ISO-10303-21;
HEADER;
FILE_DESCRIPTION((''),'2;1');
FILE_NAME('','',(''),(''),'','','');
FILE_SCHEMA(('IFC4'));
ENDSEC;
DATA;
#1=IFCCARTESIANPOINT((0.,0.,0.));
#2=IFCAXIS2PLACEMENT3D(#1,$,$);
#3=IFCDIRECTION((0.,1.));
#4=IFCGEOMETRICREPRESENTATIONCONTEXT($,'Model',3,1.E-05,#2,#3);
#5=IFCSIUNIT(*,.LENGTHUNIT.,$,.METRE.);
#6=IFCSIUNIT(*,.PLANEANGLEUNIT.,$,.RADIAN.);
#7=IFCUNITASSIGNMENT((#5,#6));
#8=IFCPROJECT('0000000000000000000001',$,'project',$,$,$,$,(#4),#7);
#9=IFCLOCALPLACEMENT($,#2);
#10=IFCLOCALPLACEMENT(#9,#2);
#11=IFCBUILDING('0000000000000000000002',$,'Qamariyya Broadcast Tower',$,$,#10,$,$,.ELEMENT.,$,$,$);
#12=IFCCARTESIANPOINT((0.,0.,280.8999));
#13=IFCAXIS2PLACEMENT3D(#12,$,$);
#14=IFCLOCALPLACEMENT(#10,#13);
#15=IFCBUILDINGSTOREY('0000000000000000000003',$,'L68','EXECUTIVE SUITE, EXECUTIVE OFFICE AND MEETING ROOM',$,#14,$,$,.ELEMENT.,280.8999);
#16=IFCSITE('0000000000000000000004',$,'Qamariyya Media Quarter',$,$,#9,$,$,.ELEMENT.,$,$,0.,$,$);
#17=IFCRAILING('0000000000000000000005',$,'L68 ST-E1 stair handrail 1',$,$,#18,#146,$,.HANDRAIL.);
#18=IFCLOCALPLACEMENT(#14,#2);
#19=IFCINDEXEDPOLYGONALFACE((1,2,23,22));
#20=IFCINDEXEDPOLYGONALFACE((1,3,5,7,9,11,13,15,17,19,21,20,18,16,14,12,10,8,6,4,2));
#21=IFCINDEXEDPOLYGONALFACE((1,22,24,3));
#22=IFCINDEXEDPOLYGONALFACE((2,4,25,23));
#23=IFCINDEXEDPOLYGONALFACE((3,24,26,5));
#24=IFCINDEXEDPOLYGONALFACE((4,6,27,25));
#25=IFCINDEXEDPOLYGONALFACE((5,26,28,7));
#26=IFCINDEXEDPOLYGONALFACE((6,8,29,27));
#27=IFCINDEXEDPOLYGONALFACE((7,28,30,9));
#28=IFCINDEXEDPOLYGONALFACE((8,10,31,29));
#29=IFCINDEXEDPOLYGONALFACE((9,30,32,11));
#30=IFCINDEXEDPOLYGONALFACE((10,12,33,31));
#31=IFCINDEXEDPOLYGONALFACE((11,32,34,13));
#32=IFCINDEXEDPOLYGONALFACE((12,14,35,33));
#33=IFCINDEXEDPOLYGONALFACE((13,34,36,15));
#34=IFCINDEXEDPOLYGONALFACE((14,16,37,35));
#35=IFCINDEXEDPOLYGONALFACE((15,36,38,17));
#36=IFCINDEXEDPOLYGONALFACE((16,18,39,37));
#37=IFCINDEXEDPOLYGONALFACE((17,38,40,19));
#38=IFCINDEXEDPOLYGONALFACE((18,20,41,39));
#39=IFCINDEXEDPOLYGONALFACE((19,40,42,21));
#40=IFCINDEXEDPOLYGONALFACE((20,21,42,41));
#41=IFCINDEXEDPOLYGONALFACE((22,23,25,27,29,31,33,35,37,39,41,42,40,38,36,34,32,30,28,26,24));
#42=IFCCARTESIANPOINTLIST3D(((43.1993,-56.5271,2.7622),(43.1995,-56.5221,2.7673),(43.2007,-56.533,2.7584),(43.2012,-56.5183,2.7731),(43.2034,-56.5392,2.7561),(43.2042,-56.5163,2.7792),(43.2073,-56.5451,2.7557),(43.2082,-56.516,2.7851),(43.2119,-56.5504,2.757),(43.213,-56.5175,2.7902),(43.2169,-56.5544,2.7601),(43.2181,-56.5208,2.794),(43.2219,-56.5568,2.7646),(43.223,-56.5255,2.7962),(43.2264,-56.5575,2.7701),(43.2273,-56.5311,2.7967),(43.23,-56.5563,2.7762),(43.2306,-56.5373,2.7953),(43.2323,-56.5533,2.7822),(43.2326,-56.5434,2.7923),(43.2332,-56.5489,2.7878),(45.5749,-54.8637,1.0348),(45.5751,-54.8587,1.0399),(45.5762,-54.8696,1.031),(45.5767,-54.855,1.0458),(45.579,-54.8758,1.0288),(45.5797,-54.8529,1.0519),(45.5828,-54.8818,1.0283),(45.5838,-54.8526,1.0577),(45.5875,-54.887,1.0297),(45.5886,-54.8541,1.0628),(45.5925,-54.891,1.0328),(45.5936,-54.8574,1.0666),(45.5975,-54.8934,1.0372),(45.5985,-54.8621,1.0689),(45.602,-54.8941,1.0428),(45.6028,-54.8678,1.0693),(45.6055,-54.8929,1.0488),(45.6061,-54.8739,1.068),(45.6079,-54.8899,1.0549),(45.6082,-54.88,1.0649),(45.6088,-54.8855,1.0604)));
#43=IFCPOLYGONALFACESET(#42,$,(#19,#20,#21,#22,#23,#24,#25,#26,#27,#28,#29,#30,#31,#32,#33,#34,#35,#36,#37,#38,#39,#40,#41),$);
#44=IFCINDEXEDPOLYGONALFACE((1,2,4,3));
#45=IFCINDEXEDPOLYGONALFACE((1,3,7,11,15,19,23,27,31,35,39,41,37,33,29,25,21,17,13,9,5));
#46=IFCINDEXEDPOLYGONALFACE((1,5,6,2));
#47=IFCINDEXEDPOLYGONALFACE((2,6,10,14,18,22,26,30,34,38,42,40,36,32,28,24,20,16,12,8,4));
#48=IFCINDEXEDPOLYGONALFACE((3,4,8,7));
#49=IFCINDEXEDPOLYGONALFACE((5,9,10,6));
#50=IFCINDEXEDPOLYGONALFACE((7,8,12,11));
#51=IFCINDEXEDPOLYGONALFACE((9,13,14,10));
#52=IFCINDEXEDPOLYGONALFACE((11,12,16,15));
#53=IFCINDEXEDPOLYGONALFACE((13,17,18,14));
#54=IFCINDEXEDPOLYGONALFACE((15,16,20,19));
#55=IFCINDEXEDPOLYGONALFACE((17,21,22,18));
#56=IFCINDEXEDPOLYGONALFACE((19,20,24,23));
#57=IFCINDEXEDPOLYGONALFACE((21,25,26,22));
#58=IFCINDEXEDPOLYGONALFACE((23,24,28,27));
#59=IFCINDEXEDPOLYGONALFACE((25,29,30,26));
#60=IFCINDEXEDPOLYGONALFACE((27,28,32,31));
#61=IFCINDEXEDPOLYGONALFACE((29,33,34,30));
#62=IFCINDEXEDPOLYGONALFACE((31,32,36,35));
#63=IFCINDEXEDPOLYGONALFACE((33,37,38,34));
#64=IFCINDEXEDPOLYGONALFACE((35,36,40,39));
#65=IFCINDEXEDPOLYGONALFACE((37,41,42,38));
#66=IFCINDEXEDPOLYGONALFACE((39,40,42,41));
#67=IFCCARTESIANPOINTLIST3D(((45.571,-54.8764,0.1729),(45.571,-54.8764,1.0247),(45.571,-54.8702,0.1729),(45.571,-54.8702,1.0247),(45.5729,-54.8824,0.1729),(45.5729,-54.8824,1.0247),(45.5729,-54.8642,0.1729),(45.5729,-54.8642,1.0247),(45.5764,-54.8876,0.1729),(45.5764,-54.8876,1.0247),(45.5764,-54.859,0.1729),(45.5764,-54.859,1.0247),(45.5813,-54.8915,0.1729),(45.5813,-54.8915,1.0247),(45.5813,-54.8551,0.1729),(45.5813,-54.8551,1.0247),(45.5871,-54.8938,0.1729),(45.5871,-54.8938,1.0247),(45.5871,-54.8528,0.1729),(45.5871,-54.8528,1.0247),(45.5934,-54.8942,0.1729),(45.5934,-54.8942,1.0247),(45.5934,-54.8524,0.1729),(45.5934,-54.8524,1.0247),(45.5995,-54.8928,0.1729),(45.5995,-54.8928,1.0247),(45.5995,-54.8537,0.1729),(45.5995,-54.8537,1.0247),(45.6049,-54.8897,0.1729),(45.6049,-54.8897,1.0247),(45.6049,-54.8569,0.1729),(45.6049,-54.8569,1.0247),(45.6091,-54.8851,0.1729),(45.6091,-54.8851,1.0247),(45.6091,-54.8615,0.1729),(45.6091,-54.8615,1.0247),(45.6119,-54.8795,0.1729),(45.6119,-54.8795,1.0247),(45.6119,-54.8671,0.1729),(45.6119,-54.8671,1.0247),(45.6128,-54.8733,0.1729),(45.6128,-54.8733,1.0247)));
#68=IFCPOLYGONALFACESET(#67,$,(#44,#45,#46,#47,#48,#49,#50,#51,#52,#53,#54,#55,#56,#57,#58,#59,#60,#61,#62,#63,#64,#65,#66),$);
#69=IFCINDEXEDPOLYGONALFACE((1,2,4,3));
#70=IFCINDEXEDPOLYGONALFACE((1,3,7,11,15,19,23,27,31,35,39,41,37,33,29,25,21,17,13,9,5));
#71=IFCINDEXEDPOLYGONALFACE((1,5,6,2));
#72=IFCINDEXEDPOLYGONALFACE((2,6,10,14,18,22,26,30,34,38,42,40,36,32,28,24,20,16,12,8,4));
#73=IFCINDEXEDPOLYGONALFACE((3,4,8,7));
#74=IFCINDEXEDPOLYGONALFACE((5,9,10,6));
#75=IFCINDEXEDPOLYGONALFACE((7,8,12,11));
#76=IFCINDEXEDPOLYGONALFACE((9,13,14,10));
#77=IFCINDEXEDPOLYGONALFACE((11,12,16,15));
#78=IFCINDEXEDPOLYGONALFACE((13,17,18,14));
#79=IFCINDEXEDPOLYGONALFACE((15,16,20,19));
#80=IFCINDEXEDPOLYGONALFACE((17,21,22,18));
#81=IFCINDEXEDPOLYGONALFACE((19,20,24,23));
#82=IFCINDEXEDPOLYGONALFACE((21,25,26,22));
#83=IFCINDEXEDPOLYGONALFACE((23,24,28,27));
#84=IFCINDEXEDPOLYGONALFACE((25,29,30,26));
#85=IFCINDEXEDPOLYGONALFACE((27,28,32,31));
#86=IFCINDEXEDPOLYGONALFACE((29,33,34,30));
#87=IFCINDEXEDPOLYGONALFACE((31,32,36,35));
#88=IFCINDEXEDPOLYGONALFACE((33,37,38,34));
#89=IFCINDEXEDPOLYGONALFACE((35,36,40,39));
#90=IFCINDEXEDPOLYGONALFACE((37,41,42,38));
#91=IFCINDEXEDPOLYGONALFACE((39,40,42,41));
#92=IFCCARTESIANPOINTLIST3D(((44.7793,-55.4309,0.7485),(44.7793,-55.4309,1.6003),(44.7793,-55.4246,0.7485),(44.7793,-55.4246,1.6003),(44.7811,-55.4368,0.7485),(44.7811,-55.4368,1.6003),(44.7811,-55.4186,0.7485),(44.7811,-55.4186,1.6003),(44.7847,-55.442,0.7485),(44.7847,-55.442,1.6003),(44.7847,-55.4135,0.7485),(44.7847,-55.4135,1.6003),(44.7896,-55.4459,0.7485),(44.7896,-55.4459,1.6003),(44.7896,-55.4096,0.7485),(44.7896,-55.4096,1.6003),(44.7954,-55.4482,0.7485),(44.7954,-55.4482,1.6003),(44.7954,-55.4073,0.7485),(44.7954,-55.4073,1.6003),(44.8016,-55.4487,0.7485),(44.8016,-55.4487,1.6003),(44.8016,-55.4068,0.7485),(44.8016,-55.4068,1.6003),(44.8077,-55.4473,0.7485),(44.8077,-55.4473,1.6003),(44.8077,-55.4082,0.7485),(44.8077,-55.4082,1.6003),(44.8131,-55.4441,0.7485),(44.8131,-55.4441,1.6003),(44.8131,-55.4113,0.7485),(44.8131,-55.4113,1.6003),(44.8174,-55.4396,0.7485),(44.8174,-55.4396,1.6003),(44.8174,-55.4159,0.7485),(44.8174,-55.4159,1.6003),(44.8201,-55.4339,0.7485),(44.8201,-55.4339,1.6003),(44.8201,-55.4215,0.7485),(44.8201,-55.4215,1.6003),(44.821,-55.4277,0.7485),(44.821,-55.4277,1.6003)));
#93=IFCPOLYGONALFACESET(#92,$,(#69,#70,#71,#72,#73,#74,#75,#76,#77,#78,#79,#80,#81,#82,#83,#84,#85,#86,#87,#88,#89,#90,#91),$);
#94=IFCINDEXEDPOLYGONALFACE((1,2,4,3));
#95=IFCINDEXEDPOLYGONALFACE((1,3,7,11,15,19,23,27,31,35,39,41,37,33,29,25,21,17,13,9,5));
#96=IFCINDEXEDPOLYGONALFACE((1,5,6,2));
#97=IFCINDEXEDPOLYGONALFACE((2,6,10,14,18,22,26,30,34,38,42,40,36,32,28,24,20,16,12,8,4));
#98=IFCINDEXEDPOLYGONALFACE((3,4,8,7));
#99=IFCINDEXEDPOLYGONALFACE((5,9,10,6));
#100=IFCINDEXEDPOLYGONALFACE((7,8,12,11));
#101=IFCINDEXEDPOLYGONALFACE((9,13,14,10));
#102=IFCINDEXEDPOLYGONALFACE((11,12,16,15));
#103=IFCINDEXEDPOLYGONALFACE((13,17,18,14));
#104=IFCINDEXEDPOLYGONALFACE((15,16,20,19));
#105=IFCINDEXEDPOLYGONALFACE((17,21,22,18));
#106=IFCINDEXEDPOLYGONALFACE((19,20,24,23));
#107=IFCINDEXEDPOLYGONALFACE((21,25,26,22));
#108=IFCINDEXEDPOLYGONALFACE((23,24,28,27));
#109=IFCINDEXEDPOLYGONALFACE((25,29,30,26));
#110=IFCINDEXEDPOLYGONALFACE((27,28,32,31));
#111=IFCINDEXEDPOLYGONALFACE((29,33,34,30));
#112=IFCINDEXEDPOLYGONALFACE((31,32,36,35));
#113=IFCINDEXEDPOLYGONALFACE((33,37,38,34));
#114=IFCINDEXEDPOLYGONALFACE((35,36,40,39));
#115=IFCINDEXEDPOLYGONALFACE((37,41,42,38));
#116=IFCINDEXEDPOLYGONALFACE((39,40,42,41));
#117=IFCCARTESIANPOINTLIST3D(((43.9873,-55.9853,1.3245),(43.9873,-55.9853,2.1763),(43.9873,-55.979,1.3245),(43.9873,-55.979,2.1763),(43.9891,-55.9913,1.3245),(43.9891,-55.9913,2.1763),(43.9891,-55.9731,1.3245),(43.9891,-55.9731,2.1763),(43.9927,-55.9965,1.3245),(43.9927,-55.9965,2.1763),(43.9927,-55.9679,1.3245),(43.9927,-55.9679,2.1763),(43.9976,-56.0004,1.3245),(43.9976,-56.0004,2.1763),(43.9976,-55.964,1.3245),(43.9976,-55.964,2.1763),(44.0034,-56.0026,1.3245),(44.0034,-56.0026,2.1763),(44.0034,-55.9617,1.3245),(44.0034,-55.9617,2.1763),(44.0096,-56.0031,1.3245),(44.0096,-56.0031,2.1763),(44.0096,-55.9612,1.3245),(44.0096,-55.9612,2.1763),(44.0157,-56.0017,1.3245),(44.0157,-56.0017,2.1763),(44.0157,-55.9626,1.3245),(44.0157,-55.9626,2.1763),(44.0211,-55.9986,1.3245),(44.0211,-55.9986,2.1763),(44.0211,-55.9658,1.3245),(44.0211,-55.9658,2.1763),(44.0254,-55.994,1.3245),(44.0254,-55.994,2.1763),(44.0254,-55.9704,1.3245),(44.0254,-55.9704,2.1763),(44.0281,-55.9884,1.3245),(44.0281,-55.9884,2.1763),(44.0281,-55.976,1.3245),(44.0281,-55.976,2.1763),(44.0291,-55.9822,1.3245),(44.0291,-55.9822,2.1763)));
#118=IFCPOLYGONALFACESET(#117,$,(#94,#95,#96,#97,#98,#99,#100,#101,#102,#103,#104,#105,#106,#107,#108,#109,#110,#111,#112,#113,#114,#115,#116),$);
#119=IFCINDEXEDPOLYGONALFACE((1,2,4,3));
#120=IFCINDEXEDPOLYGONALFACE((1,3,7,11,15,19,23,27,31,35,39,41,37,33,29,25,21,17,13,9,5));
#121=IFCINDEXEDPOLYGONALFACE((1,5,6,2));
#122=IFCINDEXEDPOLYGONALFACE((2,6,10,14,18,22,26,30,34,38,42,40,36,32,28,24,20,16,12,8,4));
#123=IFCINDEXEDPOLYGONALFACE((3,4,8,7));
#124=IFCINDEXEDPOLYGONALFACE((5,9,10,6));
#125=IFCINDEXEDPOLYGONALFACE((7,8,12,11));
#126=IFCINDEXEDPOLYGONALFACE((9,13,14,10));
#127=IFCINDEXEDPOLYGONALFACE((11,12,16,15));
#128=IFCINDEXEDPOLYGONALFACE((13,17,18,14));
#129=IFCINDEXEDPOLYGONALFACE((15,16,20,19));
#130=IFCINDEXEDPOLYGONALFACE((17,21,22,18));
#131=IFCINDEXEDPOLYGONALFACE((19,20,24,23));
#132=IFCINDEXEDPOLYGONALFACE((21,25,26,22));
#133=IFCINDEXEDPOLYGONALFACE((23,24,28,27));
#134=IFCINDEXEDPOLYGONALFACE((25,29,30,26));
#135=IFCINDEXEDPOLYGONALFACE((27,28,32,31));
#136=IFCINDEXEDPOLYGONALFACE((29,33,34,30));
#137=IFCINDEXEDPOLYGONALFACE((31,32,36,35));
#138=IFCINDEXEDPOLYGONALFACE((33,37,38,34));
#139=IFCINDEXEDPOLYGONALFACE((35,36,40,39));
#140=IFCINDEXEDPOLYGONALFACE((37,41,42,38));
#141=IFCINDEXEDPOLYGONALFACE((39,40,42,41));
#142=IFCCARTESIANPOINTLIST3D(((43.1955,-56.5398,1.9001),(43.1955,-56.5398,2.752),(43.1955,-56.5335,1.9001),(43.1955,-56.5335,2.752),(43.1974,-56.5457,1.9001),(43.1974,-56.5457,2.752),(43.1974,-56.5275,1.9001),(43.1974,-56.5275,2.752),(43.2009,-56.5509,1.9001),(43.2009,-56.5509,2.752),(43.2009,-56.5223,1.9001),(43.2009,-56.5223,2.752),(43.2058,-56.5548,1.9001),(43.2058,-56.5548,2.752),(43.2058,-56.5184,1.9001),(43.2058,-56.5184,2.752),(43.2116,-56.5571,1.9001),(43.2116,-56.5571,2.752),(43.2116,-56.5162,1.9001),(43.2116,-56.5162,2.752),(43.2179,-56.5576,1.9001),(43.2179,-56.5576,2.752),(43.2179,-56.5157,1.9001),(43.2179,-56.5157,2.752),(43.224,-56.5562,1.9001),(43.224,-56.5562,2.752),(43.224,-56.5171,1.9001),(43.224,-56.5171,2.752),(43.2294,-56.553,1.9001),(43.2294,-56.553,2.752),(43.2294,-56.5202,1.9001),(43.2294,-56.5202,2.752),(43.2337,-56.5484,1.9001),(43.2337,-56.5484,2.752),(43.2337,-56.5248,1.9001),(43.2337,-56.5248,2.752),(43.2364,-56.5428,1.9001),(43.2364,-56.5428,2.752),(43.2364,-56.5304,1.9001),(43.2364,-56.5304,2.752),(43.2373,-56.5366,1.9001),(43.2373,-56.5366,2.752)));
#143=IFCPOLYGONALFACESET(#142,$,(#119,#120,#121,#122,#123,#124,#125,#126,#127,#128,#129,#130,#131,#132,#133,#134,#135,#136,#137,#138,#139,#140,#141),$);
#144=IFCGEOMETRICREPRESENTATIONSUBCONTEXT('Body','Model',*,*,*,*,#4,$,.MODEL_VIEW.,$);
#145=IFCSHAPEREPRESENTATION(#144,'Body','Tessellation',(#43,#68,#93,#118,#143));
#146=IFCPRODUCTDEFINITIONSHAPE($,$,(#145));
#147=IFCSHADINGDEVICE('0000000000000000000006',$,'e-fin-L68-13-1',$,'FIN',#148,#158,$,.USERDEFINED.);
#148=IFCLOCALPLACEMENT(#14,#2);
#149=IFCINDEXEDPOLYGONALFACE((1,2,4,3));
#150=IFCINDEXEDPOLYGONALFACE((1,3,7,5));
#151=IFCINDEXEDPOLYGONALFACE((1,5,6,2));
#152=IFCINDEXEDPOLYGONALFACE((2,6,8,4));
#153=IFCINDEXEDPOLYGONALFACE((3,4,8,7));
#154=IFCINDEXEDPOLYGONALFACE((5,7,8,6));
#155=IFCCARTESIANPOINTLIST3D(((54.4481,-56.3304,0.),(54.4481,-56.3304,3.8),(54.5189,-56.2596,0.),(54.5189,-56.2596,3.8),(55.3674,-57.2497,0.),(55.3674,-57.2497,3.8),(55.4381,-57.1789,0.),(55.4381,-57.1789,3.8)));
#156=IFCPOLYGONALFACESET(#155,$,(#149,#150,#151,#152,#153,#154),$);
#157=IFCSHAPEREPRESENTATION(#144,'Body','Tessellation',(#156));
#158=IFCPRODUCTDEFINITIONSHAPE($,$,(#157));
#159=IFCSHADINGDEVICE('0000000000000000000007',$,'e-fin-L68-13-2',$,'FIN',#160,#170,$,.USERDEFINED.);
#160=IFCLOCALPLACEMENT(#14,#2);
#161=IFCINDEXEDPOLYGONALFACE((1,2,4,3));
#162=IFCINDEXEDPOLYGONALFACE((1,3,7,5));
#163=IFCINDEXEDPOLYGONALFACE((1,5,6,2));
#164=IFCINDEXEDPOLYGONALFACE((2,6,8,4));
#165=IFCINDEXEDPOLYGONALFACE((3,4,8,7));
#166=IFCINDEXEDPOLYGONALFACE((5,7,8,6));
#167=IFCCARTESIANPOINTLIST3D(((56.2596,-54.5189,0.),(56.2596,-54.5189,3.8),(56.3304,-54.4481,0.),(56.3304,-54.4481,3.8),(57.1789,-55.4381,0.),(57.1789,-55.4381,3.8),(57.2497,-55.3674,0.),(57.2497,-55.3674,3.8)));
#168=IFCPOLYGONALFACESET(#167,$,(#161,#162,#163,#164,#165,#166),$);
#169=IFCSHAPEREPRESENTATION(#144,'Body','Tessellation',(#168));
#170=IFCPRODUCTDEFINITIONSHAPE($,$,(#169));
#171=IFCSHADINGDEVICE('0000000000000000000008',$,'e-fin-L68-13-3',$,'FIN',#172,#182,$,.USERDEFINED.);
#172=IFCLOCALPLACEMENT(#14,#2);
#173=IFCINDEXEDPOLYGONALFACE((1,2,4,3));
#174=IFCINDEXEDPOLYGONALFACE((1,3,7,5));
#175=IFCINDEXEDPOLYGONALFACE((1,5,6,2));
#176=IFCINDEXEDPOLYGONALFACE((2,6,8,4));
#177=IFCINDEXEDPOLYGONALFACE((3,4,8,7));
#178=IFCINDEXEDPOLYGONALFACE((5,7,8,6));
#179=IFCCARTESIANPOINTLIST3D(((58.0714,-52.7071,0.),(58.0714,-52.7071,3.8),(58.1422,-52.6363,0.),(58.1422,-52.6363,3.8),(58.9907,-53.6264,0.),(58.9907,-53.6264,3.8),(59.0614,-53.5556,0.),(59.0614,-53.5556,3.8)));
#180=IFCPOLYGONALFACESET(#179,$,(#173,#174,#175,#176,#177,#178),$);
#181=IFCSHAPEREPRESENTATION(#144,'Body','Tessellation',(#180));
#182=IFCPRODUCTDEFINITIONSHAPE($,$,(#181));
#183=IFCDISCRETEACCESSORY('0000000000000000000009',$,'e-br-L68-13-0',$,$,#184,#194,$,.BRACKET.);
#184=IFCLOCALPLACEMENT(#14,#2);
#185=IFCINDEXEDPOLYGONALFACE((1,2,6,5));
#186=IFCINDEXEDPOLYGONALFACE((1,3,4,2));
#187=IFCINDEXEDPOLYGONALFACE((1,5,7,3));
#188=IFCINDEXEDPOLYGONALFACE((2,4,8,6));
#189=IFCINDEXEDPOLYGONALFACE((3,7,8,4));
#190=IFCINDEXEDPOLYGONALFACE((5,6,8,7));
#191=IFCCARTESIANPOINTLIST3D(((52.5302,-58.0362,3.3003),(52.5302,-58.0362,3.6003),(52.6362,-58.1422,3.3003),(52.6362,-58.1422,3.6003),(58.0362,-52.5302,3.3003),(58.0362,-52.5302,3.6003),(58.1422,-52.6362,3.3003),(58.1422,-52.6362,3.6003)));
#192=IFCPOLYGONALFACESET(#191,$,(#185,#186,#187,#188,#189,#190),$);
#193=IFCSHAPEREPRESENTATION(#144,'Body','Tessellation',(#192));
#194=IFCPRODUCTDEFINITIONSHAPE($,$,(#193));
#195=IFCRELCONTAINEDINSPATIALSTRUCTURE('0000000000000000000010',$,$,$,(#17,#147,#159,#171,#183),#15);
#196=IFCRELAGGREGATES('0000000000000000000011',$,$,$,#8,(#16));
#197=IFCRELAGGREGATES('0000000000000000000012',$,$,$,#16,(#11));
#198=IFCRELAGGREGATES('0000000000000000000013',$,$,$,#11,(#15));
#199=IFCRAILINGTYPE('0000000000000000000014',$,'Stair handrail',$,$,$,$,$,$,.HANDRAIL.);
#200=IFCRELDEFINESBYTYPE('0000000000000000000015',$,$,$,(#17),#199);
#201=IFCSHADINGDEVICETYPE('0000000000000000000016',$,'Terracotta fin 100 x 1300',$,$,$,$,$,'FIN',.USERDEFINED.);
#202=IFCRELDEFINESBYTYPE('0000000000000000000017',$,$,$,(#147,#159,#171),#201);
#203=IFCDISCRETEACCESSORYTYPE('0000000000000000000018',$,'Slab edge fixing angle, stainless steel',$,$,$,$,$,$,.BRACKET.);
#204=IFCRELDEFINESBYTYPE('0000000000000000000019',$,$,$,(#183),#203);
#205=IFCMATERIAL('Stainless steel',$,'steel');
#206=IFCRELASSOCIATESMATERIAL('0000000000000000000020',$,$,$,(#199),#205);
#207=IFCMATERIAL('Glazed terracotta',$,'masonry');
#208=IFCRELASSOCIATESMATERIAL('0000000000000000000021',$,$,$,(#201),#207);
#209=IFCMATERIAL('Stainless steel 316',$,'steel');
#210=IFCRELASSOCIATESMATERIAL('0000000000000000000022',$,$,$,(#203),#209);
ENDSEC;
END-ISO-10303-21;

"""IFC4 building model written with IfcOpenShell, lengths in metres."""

from ifc_helpers import new_model, si_unit, direction, frame, origin, origin_2d, place, context, subcontext, project, spatial, rectangle, circle, extrude, material, material_profile, profile_set, type_object, element, save


model = new_model("IFC4")

# Units and contexts
model_context = context("Model", 3, precision=1e-05, world=origin(), true_north=direction((0.0, 1.0)))
body_context = subcontext(model_context, "Body", "Model", "MODEL_VIEW")
ifc_project = project(units=[si_unit("LENGTHUNIT", "METRE"), si_unit("PLANEANGLEUNIT", "RADIAN")], contexts=[model_context])

# Site, building, storey
site_placement = place(None, origin())
site = spatial("IfcSite", under=ifc_project, at=site_placement, Name="Qamariyya Media Quarter", CompositionType="ELEMENT", RefElevation=0.0)
building_placement = place(site_placement, origin())
building = spatial("IfcBuilding", under=site, at=building_placement, Name="Qamariyya Broadcast Tower", CompositionType="ELEMENT")
storey_placement = place(building_placement, frame((0.0, 0.0, 280.8999)))
storey = spatial("IfcBuildingStorey", under=building, at=storey_placement, Name="L68", Description="EXECUTIVE SUITE, EXECUTIVE OFFICE AND MEETING ROOM", CompositionType="ELEMENT", Elevation=280.8999)

# Railing
ifc_material_1 = material(Name="Stainless steel", Category="steel")
railing_type_1 = type_object("IfcRailingType", Name="Stair handrail", PredefinedType="HANDRAIL", material=ifc_material_1)
railing_1_placement = place(storey_placement, frame((45.5918, -54.8733, 0.1729)))
element("IfcRailing", 1, at=railing_1_placement, inside=storey, type_object=railing_type_1, Name="L68 ST-E1 stair handrail 1", PredefinedType="HANDRAIL", context=body_context, shape_type="SweptSolid", body=[
    extrude(circle(Radius=0.0239, at=origin_2d()), frame((0.0, 0.0, 0.876), z_axis=(-0.70377, -0.492784, 0.511734), x_axis=(0.573575, -0.819153, 0.0)), (0.0, 0.0, 1.0), 3.3755),
    extrude(circle(Radius=0.021, at=origin_2d()), origin(), (0.0, 0.0, 1.0), 0.8518),
    extrude(circle(Radius=0.021, at=origin_2d()), frame((-0.7917, -0.5544, 0.5757)), (0.0, 0.0, 1.0), 0.8518),
    extrude(circle(Radius=0.021, at=origin_2d()), frame((-1.5837, -1.1089, 1.1516)), (0.0, 0.0, 1.0), 0.8518),
    extrude(circle(Radius=0.021, at=origin_2d()), frame((-2.3755, -1.6633, 1.7273)), (0.0, 0.0, 1.0), 0.8518),
])

# Shading devices
ifc_material_2 = material(Name="Glazed terracotta", Category="masonry")
ifc_material_profile_1 = material_profile(ifc_material_2, rectangle(XDim=1.3, YDim=0.1001, at=origin_2d()))
ifc_profile_set_1 = profile_set([ifc_material_profile_1], Name="Glazed terracotta")
shading_device_type_1 = type_object("IfcShadingDeviceType", Name="Terracotta fin 100 x 1300", ElementType="FIN", PredefinedType="USERDEFINED", material=ifc_profile_set_1)
for number, where, z_axis, x_axis, name in (
    (2, (54.9431, -56.7546, 0.0), (0.0, 0.0, 1.0), (0.707107, -0.707107, 0.0), "e-fin-L68-13-1"),
    (3, (56.7546, -54.9431, 0.0), (0.0, 0.0, 1.0), (0.707107, -0.707107, 0.0), "e-fin-L68-13-2"),
    (4, (58.5664, -53.1313, 0.0), (0.0, 0.0, 1.0), (0.707107, -0.707107, 0.0), "e-fin-L68-13-3"),
):
    element("IfcShadingDevice", number, at=place(storey_placement, frame(where, z_axis=z_axis, x_axis=x_axis)), inside=storey, type_object=shading_device_type_1, Name=name, ObjectType="FIN", PredefinedType="USERDEFINED", context=body_context, shape_type="SweptSolid", body=[
        extrude(rectangle(XDim=1.3, YDim=0.1001, at=origin_2d()), origin(), (0.0, 0.0, 1.0), 3.8),
    ])

# Discrete accessory
ifc_material_3 = material(Name="Stainless steel 316", Category="steel")
discrete_accessory_type = type_object("IfcDiscreteAccessoryType", Name="Slab edge fixing angle, stainless steel", PredefinedType="BRACKET", material=ifc_material_3)
discrete_accessory_placement = place(storey_placement, frame((55.3362, -55.3362, 3.3003), z_axis=(0.0, 0.0, 1.0), x_axis=(0.707107, 0.707107, 0.0)))
element("IfcDiscreteAccessory", 5, at=discrete_accessory_placement, inside=storey, type_object=discrete_accessory_type, Name="e-br-L68-13-0", PredefinedType="BRACKET", context=body_context, shape_type="SweptSolid", body=[
    extrude(rectangle(XDim=7.7866, YDim=0.1499, at=origin_2d()), origin(), (0.0, 0.0, 1.0), 0.3),
])

save(model, "model.ifc")
